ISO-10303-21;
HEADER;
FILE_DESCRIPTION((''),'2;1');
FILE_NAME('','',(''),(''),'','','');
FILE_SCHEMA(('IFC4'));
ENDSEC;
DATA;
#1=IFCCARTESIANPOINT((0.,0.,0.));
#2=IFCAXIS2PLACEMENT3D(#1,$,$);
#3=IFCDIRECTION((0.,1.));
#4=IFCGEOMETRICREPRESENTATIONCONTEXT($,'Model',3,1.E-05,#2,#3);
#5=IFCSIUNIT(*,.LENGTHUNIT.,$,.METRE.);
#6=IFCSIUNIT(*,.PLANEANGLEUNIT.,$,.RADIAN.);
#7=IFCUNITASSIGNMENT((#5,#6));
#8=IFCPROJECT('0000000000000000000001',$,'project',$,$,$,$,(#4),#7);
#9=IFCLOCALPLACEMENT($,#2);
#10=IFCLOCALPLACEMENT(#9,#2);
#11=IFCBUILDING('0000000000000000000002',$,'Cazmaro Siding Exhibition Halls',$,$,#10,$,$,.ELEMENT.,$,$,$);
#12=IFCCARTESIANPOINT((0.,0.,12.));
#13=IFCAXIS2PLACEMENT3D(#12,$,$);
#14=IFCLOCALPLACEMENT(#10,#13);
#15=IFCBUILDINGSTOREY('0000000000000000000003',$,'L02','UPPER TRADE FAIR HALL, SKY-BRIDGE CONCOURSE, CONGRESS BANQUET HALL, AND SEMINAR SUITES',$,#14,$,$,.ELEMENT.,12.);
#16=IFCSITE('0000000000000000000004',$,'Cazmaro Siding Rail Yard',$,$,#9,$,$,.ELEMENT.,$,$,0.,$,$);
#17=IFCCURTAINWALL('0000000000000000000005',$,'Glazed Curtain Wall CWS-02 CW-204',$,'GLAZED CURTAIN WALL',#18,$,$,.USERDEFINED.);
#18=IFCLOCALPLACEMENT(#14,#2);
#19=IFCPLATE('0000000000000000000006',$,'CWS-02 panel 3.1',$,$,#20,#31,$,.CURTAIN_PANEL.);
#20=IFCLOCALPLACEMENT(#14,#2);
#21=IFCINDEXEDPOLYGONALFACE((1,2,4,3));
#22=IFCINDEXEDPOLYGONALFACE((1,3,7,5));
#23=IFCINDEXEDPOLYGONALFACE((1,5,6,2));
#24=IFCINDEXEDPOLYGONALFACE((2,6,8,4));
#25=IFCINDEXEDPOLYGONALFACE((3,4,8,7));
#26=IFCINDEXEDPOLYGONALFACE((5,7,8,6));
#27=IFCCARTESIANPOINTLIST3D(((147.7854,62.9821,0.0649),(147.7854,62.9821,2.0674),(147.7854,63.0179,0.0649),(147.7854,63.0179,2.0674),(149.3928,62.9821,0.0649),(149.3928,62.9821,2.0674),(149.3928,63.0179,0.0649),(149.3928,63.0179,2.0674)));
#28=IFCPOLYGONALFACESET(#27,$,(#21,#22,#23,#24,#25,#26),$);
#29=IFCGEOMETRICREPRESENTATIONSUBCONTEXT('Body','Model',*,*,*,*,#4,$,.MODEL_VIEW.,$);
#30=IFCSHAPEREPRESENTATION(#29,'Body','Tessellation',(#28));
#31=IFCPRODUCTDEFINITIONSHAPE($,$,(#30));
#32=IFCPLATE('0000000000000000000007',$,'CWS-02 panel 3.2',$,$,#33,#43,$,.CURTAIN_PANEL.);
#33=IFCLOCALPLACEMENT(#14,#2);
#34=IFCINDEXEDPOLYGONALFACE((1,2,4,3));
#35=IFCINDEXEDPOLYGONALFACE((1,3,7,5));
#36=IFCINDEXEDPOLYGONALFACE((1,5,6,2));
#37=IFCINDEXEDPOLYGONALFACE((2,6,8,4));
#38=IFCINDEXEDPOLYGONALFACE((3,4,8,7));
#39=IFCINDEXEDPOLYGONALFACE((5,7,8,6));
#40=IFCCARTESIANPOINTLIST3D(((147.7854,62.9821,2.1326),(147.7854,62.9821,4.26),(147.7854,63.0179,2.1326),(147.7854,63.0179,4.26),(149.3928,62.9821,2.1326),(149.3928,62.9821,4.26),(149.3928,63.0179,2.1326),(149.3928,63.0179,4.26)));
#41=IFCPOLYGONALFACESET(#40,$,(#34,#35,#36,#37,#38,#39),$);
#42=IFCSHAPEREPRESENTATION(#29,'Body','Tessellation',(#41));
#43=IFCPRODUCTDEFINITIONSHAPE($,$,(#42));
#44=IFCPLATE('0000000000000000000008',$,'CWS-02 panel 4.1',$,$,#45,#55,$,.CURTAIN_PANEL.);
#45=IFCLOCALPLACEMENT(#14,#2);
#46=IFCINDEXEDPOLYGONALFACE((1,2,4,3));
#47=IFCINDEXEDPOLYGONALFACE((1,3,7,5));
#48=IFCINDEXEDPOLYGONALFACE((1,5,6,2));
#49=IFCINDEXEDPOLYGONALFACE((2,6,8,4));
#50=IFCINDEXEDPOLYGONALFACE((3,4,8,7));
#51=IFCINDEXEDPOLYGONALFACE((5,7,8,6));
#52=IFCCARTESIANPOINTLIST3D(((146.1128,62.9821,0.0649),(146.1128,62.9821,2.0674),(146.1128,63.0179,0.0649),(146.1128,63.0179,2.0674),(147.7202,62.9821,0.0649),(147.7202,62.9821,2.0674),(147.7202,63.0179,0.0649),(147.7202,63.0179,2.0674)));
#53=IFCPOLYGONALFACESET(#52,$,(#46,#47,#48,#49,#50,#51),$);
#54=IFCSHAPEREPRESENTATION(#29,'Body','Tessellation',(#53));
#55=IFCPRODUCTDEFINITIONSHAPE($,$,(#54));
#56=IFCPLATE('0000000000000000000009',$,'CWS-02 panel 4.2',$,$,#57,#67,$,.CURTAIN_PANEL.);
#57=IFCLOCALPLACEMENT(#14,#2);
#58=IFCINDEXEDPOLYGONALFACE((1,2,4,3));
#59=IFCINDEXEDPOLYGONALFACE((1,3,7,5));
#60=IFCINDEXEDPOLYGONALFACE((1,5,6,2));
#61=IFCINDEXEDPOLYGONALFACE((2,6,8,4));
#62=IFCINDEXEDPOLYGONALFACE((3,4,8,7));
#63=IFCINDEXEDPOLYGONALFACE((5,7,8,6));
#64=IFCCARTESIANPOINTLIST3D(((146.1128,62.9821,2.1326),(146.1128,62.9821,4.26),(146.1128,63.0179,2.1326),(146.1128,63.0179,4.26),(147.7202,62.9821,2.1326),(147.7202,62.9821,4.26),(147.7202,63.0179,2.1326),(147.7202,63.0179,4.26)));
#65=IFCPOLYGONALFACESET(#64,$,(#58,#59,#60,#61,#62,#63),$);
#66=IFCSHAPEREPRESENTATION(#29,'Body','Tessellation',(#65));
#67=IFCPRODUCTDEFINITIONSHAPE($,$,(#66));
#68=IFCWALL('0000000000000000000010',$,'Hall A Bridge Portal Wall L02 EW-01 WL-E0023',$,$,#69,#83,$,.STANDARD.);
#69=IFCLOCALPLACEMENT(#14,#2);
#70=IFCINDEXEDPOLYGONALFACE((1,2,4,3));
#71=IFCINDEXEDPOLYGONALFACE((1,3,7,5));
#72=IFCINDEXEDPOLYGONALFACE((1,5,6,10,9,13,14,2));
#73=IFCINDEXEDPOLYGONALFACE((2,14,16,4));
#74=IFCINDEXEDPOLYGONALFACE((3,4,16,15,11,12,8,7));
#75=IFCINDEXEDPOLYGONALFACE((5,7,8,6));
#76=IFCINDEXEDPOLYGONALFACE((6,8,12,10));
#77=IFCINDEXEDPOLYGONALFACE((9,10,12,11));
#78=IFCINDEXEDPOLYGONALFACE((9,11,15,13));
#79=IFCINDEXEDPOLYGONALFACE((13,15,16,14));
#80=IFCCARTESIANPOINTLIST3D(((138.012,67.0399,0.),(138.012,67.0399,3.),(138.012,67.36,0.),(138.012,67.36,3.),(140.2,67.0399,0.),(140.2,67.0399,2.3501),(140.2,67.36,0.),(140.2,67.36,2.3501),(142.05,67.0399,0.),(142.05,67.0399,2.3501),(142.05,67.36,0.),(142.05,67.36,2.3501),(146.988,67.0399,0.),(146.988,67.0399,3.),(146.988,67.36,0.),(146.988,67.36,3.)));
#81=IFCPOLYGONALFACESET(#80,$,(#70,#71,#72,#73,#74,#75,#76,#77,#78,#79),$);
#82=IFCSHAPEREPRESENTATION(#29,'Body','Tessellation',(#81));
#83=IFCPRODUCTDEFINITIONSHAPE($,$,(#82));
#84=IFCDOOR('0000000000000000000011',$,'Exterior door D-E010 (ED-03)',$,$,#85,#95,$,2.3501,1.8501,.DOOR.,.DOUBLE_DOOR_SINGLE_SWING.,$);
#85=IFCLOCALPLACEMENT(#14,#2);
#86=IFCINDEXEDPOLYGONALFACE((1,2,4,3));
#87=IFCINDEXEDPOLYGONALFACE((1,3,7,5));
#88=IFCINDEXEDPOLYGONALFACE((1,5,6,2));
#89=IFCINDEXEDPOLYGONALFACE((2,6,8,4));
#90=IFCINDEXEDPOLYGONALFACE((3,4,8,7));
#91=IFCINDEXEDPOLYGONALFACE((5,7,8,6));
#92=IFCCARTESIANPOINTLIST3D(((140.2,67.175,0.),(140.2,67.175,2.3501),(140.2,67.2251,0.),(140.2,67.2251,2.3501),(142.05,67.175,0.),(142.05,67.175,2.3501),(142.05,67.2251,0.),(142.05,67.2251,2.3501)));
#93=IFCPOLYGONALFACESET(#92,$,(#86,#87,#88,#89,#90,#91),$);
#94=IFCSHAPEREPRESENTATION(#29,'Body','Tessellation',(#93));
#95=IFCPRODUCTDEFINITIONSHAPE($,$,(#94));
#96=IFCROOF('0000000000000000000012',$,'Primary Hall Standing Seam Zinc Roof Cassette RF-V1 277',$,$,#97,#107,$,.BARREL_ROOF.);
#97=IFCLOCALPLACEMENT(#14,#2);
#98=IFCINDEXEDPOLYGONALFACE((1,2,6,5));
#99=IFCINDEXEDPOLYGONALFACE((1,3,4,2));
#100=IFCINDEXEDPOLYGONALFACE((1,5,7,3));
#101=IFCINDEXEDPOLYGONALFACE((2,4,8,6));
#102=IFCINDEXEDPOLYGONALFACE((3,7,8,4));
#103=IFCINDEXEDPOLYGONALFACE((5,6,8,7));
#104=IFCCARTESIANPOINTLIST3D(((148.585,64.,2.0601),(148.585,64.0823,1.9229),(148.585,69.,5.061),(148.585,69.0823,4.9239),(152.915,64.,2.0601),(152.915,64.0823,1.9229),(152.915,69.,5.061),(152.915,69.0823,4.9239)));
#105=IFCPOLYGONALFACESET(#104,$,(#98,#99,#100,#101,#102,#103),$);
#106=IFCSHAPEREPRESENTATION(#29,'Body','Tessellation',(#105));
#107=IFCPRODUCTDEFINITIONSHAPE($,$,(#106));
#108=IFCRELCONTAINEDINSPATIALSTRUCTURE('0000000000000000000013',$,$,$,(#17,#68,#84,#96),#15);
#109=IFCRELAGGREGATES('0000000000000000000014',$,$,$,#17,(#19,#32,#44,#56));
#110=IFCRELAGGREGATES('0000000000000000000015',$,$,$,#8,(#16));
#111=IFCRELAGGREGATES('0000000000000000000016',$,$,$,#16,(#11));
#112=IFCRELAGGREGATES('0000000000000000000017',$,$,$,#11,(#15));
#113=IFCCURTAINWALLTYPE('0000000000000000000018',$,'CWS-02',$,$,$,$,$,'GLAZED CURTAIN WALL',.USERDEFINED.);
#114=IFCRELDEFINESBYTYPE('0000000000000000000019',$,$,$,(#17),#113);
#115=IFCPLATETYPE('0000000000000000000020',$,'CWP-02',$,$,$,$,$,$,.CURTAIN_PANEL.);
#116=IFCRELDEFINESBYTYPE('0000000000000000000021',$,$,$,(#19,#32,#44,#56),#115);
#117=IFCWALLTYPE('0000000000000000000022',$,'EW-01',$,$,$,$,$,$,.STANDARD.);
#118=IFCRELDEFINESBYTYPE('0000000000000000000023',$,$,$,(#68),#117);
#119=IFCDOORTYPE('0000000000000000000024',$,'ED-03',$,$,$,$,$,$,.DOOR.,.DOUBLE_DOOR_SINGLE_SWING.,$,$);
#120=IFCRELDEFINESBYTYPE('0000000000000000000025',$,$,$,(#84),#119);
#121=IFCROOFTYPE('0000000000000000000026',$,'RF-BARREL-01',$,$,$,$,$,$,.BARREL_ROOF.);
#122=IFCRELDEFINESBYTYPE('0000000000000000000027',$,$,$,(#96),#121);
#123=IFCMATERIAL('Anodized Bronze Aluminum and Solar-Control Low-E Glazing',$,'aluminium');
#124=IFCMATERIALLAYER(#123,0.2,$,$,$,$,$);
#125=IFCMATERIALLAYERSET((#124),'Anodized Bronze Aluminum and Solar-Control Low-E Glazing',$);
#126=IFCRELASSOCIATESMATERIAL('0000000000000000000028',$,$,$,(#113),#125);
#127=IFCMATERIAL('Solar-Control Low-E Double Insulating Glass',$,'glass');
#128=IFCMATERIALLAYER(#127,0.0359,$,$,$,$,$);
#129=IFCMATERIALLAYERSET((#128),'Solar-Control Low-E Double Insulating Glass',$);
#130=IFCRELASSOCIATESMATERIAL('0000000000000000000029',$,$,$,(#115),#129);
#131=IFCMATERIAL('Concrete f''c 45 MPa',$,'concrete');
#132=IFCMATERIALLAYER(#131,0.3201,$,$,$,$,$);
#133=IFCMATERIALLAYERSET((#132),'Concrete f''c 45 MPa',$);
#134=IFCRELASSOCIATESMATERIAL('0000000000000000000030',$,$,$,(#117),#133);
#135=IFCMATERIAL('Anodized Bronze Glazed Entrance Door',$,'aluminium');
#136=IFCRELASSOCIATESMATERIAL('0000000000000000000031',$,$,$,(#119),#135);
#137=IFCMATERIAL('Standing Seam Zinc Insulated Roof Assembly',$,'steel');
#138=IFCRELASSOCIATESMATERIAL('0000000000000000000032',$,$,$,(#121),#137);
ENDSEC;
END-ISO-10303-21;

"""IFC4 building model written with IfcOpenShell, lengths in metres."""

from ifc_helpers import new_model, si_unit, direction, frame, frame_2d, origin, origin_2d, place, context, subcontext, project, spatial, polyline, rectangle, outline, extrude, material, layer, layer_set, type_object, element, fill, aggregate, save


model = new_model("IFC4")

# Units and contexts
model_context = context("Model", 3, precision=1e-05, world=origin(), true_north=direction((0.0, 1.0)))
body_context = subcontext(model_context, "Body", "Model", "MODEL_VIEW")
ifc_project = project(units=[si_unit("LENGTHUNIT", "METRE"), si_unit("PLANEANGLEUNIT", "RADIAN")], contexts=[model_context])

# Site, building, storey
site_placement = place(None, origin())
site = spatial("IfcSite", under=ifc_project, at=site_placement, Name="Cazmaro Siding Rail Yard", CompositionType="ELEMENT", RefElevation=0.0)
building_placement = place(site_placement, origin())
building = spatial("IfcBuilding", under=site, at=building_placement, Name="Cazmaro Siding Exhibition Halls", CompositionType="ELEMENT")
storey_placement = place(building_placement, frame((0.0, 0.0, 12.0)))
storey = spatial("IfcBuildingStorey", under=building, at=storey_placement, Name="L02", Description="UPPER TRADE FAIR HALL, SKY-BRIDGE CONCOURSE, CONGRESS BANQUET HALL, AND SEMINAR SUITES", CompositionType="ELEMENT", Elevation=12.0)

# Curtain wall
ifc_material_1 = material(Name="Anodized Bronze Aluminum and Solar-Control Low-E Glazing", Category="aluminium")
ifc_layer_1 = layer(ifc_material_1, 0.2)
ifc_layer_set_1 = layer_set([ifc_layer_1], Name="Anodized Bronze Aluminum and Solar-Control Low-E Glazing")
curtain_wall_type = type_object("IfcCurtainWallType", Name="CWS-02", ElementType="GLAZED CURTAIN WALL", PredefinedType="USERDEFINED", material=ifc_layer_set_1)
curtain_wall_placement = place(storey_placement, origin())
curtain_wall = element("IfcCurtainWall", 1, at=curtain_wall_placement, inside=storey, type_object=curtain_wall_type, Name="Glazed Curtain Wall CWS-02 CW-204", ObjectType="GLAZED CURTAIN WALL", PredefinedType="USERDEFINED")

# Plates
ifc_material_2 = material(Name="Solar-Control Low-E Double Insulating Glass", Category="glass")
ifc_layer_2 = layer(ifc_material_2, 0.0359)
ifc_layer_set_2 = layer_set([ifc_layer_2], Name="Solar-Control Low-E Double Insulating Glass")
plate_type_1 = type_object("IfcPlateType", Name="CWP-02", PredefinedType="CURTAIN_PANEL", material=ifc_layer_set_2)
plate_1_placement = place(storey_placement, frame((148.5891, 63.0, 0.0649), z_axis=(0.0, 0.0, 1.0), x_axis=(-1.0, 0.0, 0.0)))
plate_1 = element("IfcPlate", 2, at=plate_1_placement, type_object=plate_type_1, Name="CWS-02 panel 3.1", PredefinedType="CURTAIN_PANEL", context=body_context, shape_type="SweptSolid", body=[
    extrude(rectangle(XDim=1.6074, YDim=0.0359, at=origin_2d()), origin(), (0.0, 0.0, 1.0), 2.0024),
])
plate_2_placement = place(storey_placement, frame((148.5891, 63.0, 2.1326), z_axis=(0.0, 0.0, 1.0), x_axis=(-1.0, 0.0, 0.0)))
plate_2 = element("IfcPlate", 3, at=plate_2_placement, type_object=plate_type_1, Name="CWS-02 panel 3.2", PredefinedType="CURTAIN_PANEL", context=body_context, shape_type="SweptSolid", body=[
    extrude(rectangle(XDim=1.6074, YDim=0.0359, at=origin_2d()), origin(), (0.0, 0.0, 1.0), 2.1274),
])
plate_3_placement = place(storey_placement, frame((146.9165, 63.0, 0.0649), z_axis=(0.0, 0.0, 1.0), x_axis=(-1.0, 0.0, 0.0)))
plate_3 = element("IfcPlate", 4, at=plate_3_placement, type_object=plate_type_1, Name="CWS-02 panel 4.1", PredefinedType="CURTAIN_PANEL", context=body_context, shape_type="SweptSolid", body=[
    extrude(rectangle(XDim=1.6074, YDim=0.0359, at=origin_2d()), origin(), (0.0, 0.0, 1.0), 2.0024),
])
plate_4_placement = place(storey_placement, frame((146.9165, 63.0, 2.1326), z_axis=(0.0, 0.0, 1.0), x_axis=(-1.0, 0.0, 0.0)))
plate_4 = element("IfcPlate", 5, at=plate_4_placement, type_object=plate_type_1, Name="CWS-02 panel 4.2", PredefinedType="CURTAIN_PANEL", context=body_context, shape_type="SweptSolid", body=[
    extrude(rectangle(XDim=1.6074, YDim=0.0359, at=origin_2d()), origin(), (0.0, 0.0, 1.0), 2.1274),
])
aggregate(curtain_wall, [plate_1, plate_2, plate_3, plate_4])

# Wall, opening, door
ifc_material_3 = material(Name="Concrete f'c 45 MPa", Category="concrete")
ifc_layer_3 = layer(ifc_material_3, 0.3201)
ifc_layer_set_3 = layer_set([ifc_layer_3], Name="Concrete f'c 45 MPa")
wall_type = type_object("IfcWallType", Name="EW-01", PredefinedType="STANDARD", material=ifc_layer_set_3)
wall_placement = place(storey_placement, frame((146.988, 67.2, 0.0), z_axis=(0.0, 0.0, 1.0), x_axis=(-1.0, 0.0, 0.0)))
wall = element("IfcWall", 6, at=wall_placement, inside=storey, type_object=wall_type, Name="Hall A Bridge Portal Wall L02 EW-01 WL-E0023", PredefinedType="STANDARD", context=body_context, shape_type="SweptSolid", body=[
    extrude(rectangle(XDim=8.9761, YDim=0.3201, at=frame_2d((4.488, 0.0))), origin(), (0.0, 0.0, 1.0), 3.0),
])
opening_placement = place(wall_placement, frame((4.938, 0.0, 0.0)))
opening = element("IfcOpeningElement", 7, at=opening_placement, cuts=wall, PredefinedType="OPENING", context=body_context, shape_type="SweptSolid", body=[
    extrude(rectangle(XDim=1.8501, YDim=2.3501, at=frame_2d((0.925, 1.175))), frame((0.0, 0.1699, 0.0), z_axis=(0.0, -1.0, 0.0), x_axis=(1.0, 0.0, 0.0)), (0.0, 0.0, 1.0), 0.3401),
])
ifc_material_4 = material(Name="Anodized Bronze Glazed Entrance Door", Category="aluminium")
door_type = type_object("IfcDoorType", Name="ED-03", OperationType="DOUBLE_DOOR_SINGLE_SWING", PredefinedType="DOOR", material=ifc_material_4)
door_placement = place(opening_placement, origin())
door = element("IfcDoor", 8, at=door_placement, inside=storey, type_object=door_type, Name="Exterior door D-E010 (ED-03)", OperationType="DOUBLE_DOOR_SINGLE_SWING", OverallHeight=2.3501, OverallWidth=1.8501, PredefinedType="DOOR", context=body_context, shape_type="SweptSolid", body=[
    extrude(rectangle(XDim=1.8501, YDim=2.3501, at=frame_2d((0.925, 1.175))), frame((0.0, 0.0249, 0.0), z_axis=(0.0, -1.0, 0.0), x_axis=(1.0, 0.0, 0.0)), (0.0, 0.0, 1.0), 0.05),
])
fill(opening, door)

# Roof
ifc_material_5 = material(Name="Standing Seam Zinc Insulated Roof Assembly", Category="steel")
roof_type = type_object("IfcRoofType", Name="RF-BARREL-01", PredefinedType="BARREL_ROOF", material=ifc_material_5)
roof_placement = place(storey_placement, frame((148.585, 64.0, 2.0601), z_axis=(0.0, -0.514619, 0.857419), x_axis=(1.0, 0.0, 0.0)))
element("IfcRoof", 9, at=roof_placement, inside=storey, type_object=roof_type, Name="Primary Hall Standing Seam Zinc Roof Cassette RF-V1 277", PredefinedType="BARREL_ROOF", context=body_context, shape_type="SweptSolid", body=[
    extrude(outline(polyline([(0.0, 0.0), (4.3301, 0.0), (4.3301, 5.8315), (0.0, 5.8315), (0.0, 0.0)])), origin(), (0.0, 0.0, -1.0), 0.1599),
])

save(model, "model.ifc")
